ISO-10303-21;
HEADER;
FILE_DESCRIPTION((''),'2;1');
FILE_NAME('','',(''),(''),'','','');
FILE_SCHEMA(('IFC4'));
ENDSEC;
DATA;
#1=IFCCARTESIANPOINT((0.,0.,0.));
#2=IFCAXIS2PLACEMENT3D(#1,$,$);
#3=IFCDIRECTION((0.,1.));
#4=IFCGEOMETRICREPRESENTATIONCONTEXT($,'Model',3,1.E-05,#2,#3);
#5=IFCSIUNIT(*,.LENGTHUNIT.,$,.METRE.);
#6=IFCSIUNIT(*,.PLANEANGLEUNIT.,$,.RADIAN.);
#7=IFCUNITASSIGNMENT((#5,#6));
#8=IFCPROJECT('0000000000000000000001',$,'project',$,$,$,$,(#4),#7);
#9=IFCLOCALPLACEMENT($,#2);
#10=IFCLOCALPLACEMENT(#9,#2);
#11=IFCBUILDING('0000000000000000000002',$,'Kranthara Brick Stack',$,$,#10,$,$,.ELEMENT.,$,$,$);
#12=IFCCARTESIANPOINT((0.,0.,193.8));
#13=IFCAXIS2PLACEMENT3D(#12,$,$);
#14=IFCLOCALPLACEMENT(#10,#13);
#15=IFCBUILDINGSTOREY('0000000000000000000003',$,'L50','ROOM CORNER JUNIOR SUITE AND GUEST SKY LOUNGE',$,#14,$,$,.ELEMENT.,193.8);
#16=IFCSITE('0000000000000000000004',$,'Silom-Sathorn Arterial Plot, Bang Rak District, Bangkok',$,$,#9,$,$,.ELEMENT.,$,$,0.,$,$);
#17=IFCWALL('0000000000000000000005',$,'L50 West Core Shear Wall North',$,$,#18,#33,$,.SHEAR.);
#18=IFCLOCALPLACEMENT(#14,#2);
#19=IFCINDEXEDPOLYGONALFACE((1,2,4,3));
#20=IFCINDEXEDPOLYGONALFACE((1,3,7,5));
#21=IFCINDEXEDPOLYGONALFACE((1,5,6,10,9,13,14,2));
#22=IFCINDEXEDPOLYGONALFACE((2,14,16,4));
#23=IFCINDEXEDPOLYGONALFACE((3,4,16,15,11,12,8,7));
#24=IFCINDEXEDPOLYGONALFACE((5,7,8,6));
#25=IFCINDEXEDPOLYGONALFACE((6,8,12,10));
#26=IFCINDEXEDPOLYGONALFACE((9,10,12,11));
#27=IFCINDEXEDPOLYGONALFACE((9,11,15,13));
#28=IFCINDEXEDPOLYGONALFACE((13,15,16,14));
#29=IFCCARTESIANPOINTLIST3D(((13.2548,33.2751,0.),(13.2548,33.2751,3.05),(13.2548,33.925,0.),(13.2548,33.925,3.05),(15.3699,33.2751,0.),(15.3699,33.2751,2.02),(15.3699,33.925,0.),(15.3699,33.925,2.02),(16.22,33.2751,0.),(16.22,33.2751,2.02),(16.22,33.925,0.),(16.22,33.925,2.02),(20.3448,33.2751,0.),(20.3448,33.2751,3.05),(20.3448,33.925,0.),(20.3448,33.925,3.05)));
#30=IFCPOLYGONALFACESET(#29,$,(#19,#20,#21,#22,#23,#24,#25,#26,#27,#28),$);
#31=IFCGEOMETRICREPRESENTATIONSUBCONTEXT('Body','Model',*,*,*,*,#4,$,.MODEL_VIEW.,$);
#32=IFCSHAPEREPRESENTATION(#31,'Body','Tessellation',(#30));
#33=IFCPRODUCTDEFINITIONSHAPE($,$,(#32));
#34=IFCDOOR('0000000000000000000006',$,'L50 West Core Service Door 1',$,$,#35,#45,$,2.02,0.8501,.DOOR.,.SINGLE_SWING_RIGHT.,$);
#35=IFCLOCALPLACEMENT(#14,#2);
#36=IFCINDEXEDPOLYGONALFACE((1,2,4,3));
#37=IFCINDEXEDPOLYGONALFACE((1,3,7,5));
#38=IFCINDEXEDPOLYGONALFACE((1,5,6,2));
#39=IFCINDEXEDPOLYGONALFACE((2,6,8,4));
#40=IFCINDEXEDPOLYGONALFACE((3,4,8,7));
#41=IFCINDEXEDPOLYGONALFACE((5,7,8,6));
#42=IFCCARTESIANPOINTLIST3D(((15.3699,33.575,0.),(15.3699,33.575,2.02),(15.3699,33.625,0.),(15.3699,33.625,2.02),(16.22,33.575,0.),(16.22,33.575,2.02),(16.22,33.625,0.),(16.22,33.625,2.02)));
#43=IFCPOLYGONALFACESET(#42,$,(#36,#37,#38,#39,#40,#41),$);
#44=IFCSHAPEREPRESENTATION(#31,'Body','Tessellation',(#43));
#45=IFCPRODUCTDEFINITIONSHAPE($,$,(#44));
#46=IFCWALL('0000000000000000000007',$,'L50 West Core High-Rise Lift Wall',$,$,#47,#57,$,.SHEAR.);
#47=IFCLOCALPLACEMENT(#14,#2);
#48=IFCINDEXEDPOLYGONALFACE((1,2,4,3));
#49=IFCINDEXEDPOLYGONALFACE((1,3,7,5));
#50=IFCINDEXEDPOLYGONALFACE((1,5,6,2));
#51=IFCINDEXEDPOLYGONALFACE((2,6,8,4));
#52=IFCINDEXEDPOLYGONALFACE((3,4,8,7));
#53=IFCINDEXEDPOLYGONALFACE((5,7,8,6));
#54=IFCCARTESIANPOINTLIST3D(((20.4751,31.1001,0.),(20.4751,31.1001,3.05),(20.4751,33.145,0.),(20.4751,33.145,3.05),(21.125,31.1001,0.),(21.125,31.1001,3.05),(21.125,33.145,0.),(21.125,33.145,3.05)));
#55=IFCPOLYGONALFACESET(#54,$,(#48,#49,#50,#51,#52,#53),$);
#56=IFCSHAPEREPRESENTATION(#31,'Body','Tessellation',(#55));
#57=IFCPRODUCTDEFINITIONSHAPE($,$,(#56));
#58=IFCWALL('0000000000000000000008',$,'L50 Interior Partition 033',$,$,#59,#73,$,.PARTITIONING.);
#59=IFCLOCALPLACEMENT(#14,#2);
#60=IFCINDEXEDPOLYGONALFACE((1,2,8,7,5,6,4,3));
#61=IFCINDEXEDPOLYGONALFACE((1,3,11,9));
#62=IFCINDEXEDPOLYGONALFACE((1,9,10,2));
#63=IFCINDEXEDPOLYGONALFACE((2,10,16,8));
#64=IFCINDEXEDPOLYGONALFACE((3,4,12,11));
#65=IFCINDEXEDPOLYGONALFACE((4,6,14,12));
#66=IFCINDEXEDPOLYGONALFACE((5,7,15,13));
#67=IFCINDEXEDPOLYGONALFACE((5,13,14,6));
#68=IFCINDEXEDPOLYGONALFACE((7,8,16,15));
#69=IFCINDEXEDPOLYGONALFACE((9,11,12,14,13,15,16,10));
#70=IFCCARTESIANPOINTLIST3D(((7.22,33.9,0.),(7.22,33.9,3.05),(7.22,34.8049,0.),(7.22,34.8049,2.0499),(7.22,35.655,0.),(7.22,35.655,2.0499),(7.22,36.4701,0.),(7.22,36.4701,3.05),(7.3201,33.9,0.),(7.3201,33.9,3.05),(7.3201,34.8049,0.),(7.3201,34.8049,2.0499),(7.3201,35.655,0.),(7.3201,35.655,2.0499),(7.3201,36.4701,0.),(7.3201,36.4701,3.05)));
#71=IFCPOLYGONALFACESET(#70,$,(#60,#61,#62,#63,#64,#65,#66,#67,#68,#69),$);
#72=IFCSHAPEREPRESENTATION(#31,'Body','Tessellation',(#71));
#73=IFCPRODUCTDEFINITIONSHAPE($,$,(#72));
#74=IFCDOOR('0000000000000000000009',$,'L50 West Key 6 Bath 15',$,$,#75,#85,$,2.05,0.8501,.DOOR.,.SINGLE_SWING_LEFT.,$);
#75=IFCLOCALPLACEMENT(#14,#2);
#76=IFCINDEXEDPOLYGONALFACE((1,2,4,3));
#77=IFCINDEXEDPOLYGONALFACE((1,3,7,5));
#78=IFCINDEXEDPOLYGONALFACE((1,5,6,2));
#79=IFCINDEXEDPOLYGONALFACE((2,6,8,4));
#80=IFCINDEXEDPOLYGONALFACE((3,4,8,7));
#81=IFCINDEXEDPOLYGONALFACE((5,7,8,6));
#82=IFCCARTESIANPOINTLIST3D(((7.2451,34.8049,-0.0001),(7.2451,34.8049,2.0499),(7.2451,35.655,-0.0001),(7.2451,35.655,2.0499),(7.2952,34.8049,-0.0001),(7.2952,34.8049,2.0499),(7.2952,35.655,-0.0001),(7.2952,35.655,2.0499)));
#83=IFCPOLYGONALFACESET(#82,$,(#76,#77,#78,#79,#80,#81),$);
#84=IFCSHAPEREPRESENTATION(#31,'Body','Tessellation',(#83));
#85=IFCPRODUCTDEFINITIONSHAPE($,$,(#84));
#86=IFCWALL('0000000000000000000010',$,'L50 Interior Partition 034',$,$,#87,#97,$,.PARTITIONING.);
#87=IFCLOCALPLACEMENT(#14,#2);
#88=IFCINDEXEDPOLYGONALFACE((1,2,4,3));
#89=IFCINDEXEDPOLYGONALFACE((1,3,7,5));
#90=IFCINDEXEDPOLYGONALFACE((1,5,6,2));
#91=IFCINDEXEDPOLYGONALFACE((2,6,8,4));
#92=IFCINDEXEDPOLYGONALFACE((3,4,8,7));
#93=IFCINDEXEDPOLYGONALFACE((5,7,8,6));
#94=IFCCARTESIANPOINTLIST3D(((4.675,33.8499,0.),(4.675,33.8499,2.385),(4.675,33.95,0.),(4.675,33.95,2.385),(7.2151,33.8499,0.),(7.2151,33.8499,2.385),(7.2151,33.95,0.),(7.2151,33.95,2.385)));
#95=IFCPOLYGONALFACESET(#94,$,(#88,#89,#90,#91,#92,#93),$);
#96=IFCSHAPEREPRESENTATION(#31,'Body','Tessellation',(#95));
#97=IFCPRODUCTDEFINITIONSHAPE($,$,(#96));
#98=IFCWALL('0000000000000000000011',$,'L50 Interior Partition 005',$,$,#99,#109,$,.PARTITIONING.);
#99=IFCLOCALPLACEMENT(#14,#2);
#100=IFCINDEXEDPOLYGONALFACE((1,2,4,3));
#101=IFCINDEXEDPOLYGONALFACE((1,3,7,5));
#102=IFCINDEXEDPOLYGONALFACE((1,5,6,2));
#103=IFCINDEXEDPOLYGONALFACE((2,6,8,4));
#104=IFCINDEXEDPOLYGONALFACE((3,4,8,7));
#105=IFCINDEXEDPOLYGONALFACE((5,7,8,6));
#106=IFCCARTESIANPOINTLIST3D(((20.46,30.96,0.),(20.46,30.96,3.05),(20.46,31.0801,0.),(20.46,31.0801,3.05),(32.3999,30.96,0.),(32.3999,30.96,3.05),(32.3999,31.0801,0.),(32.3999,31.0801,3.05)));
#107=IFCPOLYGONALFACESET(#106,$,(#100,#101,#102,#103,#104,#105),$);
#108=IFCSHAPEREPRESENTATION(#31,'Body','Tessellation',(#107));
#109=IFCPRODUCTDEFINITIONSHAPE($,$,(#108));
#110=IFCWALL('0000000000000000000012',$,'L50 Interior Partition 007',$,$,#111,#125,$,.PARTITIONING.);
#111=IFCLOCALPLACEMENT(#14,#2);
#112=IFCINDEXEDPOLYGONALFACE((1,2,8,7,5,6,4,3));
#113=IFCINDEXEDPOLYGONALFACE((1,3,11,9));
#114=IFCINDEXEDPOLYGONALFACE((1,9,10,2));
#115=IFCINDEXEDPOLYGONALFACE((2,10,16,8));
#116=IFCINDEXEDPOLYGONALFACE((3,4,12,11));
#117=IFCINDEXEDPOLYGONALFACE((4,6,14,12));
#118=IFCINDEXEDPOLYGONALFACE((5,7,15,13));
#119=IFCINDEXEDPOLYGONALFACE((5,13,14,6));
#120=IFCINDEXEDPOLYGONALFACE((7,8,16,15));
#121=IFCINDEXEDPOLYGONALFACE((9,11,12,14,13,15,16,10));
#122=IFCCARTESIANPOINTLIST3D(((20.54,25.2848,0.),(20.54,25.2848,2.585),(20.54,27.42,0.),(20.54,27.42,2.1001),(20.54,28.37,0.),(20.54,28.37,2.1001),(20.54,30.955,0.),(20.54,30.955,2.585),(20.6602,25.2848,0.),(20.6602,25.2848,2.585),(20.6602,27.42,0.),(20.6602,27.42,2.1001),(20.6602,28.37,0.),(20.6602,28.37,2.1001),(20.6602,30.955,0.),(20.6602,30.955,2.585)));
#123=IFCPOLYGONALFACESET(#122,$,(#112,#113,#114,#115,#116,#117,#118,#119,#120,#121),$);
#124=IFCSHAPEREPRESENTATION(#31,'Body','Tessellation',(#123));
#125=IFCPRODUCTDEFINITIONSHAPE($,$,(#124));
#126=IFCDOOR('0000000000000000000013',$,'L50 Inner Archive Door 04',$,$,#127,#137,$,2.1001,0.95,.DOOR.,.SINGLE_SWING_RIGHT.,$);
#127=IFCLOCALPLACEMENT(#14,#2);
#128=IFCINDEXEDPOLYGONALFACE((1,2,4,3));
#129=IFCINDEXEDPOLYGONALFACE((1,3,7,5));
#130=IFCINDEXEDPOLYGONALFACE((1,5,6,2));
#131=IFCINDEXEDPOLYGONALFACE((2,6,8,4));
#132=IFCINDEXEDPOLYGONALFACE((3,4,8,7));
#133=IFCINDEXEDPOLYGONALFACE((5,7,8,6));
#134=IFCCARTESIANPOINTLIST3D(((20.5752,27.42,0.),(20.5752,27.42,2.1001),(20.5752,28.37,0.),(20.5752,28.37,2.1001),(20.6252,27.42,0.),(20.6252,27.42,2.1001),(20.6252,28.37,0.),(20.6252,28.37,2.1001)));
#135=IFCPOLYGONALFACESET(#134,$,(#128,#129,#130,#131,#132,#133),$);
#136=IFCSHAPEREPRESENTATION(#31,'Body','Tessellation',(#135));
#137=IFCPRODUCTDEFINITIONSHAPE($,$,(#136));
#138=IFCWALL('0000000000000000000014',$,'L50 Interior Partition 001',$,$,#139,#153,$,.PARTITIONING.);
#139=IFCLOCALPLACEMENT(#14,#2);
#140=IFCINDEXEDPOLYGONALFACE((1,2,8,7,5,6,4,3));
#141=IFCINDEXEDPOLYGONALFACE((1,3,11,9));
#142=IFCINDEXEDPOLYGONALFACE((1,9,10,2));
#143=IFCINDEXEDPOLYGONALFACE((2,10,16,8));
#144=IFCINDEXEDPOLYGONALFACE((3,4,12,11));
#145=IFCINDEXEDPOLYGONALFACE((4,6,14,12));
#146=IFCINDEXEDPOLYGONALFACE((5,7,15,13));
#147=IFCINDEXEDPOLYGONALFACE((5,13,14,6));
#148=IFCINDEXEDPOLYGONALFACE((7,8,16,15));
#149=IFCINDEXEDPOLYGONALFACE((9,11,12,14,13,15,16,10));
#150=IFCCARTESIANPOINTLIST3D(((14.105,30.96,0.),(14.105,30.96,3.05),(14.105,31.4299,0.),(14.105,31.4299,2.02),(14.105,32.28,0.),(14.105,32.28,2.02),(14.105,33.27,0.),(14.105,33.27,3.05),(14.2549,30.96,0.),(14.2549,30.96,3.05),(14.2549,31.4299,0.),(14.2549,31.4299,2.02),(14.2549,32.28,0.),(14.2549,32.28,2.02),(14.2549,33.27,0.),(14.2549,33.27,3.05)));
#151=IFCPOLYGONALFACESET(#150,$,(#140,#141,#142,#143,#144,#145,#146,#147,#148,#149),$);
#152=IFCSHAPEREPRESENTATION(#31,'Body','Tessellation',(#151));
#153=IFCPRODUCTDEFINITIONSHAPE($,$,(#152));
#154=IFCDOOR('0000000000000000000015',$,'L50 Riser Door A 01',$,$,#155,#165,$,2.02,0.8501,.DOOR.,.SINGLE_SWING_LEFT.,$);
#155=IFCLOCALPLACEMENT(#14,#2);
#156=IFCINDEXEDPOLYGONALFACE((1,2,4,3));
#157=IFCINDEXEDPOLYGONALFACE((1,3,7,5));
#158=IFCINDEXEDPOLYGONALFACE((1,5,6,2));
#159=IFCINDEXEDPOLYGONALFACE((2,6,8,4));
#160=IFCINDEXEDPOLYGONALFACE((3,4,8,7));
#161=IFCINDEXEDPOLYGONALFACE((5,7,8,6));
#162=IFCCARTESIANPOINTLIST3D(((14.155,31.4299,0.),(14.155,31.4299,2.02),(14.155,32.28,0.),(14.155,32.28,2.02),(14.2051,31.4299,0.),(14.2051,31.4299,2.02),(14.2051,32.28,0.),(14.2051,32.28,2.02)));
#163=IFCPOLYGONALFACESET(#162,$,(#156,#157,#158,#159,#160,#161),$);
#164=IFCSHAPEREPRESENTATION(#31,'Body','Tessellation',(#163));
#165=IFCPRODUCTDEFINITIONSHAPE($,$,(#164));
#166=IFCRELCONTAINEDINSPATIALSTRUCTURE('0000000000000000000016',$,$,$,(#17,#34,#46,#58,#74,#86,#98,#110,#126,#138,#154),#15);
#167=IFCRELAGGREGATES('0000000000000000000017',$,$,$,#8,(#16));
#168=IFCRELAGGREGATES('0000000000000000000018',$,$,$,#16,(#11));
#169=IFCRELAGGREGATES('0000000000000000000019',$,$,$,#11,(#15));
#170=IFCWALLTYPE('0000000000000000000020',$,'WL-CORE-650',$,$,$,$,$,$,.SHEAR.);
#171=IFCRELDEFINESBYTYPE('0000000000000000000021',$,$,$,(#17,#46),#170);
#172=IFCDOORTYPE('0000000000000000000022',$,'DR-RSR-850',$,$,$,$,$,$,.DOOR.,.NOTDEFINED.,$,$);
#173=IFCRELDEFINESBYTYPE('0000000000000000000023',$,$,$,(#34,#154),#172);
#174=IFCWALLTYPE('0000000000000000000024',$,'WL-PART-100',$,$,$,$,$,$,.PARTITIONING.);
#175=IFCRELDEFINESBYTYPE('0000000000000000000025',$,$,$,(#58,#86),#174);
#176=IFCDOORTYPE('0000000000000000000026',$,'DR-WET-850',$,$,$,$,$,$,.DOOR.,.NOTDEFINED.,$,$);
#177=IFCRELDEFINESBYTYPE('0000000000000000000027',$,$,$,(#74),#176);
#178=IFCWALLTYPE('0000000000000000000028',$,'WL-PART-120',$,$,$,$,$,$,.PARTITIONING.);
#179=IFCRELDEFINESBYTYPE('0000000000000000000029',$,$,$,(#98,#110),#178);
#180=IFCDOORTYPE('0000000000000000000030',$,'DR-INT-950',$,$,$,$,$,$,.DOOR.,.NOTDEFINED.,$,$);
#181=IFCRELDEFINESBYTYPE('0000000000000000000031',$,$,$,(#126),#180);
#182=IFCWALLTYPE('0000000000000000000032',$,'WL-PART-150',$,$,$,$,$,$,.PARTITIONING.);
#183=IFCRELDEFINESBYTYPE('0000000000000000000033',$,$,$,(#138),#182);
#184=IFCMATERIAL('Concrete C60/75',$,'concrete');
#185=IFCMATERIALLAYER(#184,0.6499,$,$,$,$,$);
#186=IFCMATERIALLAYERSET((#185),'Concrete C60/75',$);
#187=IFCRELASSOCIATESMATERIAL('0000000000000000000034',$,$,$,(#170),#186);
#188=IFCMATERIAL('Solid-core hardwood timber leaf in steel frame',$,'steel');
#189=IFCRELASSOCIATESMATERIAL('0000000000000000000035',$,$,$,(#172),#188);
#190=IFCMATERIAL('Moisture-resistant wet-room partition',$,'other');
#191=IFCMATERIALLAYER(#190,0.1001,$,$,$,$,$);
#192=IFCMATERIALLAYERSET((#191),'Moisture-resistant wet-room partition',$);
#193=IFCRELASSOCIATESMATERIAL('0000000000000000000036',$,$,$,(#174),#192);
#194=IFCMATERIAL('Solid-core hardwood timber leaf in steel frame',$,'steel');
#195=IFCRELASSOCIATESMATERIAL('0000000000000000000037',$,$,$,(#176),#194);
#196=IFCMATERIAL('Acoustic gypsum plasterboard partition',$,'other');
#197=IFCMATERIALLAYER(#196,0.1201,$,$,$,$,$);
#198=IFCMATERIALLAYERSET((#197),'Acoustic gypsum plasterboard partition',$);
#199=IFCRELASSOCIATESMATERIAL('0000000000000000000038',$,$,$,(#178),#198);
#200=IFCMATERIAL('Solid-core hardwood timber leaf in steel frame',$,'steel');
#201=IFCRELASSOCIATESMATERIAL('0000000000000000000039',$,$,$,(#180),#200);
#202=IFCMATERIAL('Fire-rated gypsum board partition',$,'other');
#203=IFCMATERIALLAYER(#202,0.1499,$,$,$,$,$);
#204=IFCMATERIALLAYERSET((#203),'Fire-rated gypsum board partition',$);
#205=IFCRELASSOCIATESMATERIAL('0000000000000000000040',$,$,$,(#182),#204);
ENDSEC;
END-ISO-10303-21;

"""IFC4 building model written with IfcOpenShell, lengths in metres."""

from ifc_helpers import new_model, si_unit, direction, frame, frame_2d, origin, place, context, subcontext, project, spatial, rectangle, extrude, material, layer, layer_set, type_object, element, fill, save


model = new_model("IFC4")

# Units and contexts
model_context = context("Model", 3, precision=1e-05, world=origin(), true_north=direction((0.0, 1.0)))
body_context = subcontext(model_context, "Body", "Model", "MODEL_VIEW")
ifc_project = project(units=[si_unit("LENGTHUNIT", "METRE"), si_unit("PLANEANGLEUNIT", "RADIAN")], contexts=[model_context])

# Site, building, storey
site_placement = place(None, origin())
site = spatial("IfcSite", under=ifc_project, at=site_placement, Name="Silom-Sathorn Arterial Plot, Bang Rak District, Bangkok", CompositionType="ELEMENT", RefElevation=0.0)
building_placement = place(site_placement, origin())
building = spatial("IfcBuilding", under=site, at=building_placement, Name="Kranthara Brick Stack", CompositionType="ELEMENT")
storey_placement = place(building_placement, frame((0.0, 0.0, 193.8)))
storey = spatial("IfcBuildingStorey", under=building, at=storey_placement, Name="L50", Description="ROOM CORNER JUNIOR SUITE AND GUEST SKY LOUNGE", CompositionType="ELEMENT", Elevation=193.8)

# Wall, opening, door
ifc_material_1 = material(Name="Concrete C60/75", Category="concrete")
ifc_layer_1 = layer(ifc_material_1, 0.6499)
ifc_layer_set_1 = layer_set([ifc_layer_1], Name="Concrete C60/75")
wall_type_1 = type_object("IfcWallType", Name="WL-CORE-650", PredefinedType="SHEAR", material=ifc_layer_set_1)
wall_1_placement = place(storey_placement, frame((13.2549, 33.6001, 0.0), z_axis=(0.0, 0.0, 1.0), x_axis=(1.0, 0.0, 0.0)))
wall_1 = element("IfcWall", 1, at=wall_1_placement, inside=storey, type_object=wall_type_1, Name="L50 West Core Shear Wall North", PredefinedType="SHEAR", context=body_context, shape_type="SweptSolid", body=[
    extrude(rectangle(XDim=7.0901, YDim=0.6499, at=frame_2d((3.5449, 0.0))), origin(), (0.0, 0.0, 1.0), 3.05),
])
opening_1_placement = place(wall_1_placement, frame((2.115, 0.0, 0.0)))
opening_1 = element("IfcOpeningElement", 2, at=opening_1_placement, cuts=wall_1, PredefinedType="OPENING", context=body_context, shape_type="SweptSolid", body=[
    extrude(rectangle(XDim=0.8501, YDim=2.02, at=frame_2d((0.425, 1.01))), frame((0.0, 0.335, 0.0), z_axis=(0.0, -1.0, 0.0), x_axis=(1.0, 0.0, 0.0)), (0.0, 0.0, 1.0), 0.6699),
])
ifc_material_2 = material(Name="Solid-core hardwood timber leaf in steel frame", Category="steel")
door_type_1 = type_object("IfcDoorType", Name="DR-RSR-850", OperationType="NOTDEFINED", PredefinedType="DOOR", material=ifc_material_2)
door_1_placement = place(opening_1_placement, origin())
door_1 = element("IfcDoor", 3, at=door_1_placement, inside=storey, type_object=door_type_1, Name="L50 West Core Service Door 1", OperationType="SINGLE_SWING_RIGHT", OverallHeight=2.02, OverallWidth=0.8501, PredefinedType="DOOR", context=body_context, shape_type="SweptSolid", body=[
    extrude(rectangle(XDim=0.8501, YDim=2.02, at=frame_2d((0.425, 1.01))), frame((0.0, 0.0249, 0.0), z_axis=(0.0, -1.0, 0.0), x_axis=(1.0, 0.0, 0.0)), (0.0, 0.0, 1.0), 0.05),
])
fill(opening_1, door_1)

# Wall
wall_2_placement = place(storey_placement, frame((20.8, 31.1001, 0.0), z_axis=(0.0, 0.0, 1.0), x_axis=(0.0, 1.0, 0.0)))
element("IfcWall", 4, at=wall_2_placement, inside=storey, type_object=wall_type_1, Name="L50 West Core High-Rise Lift Wall", PredefinedType="SHEAR", context=body_context, shape_type="SweptSolid", body=[
    extrude(rectangle(XDim=2.0449, YDim=0.6499, at=frame_2d((1.0225, 0.0))), origin(), (0.0, 0.0, 1.0), 3.05),
])

# Wall, opening, door
ifc_material_3 = material(Name="Moisture-resistant wet-room partition", Category="other")
ifc_layer_2 = layer(ifc_material_3, 0.1001)
ifc_layer_set_2 = layer_set([ifc_layer_2], Name="Moisture-resistant wet-room partition")
wall_type_2 = type_object("IfcWallType", Name="WL-PART-100", PredefinedType="PARTITIONING", material=ifc_layer_set_2)
wall_3_placement = place(storey_placement, frame((7.27, 33.8999, 0.0), z_axis=(0.0, 0.0, 1.0), x_axis=(0.0, 1.0, 0.0)))
wall_3 = element("IfcWall", 5, at=wall_3_placement, inside=storey, type_object=wall_type_2, Name="L50 Interior Partition 033", PredefinedType="PARTITIONING", context=body_context, shape_type="SweptSolid", body=[
    extrude(rectangle(XDim=2.5701, YDim=0.1001, at=frame_2d((1.2852, 0.0))), origin(), (0.0, 0.0, 1.0), 3.05),
])
opening_2_placement = place(wall_3_placement, frame((0.905, 0.0, 0.0)))
opening_2 = element("IfcOpeningElement", 6, at=opening_2_placement, cuts=wall_3, PredefinedType="OPENING", context=body_context, shape_type="SweptSolid", body=[
    extrude(rectangle(XDim=0.8501, YDim=2.05, at=frame_2d((0.425, 1.0249))), frame((0.0, 0.0601, 0.0), z_axis=(0.0, -1.0, 0.0), x_axis=(1.0, 0.0, 0.0)), (0.0, 0.0, 1.0), 0.1201),
])
ifc_material_4 = material(Name="Solid-core hardwood timber leaf in steel frame", Category="steel")
door_type_2 = type_object("IfcDoorType", Name="DR-WET-850", OperationType="NOTDEFINED", PredefinedType="DOOR", material=ifc_material_4)
door_2_placement = place(opening_2_placement, origin())
door_2 = element("IfcDoor", 7, at=door_2_placement, inside=storey, type_object=door_type_2, Name="L50 West Key 6 Bath 15", OperationType="SINGLE_SWING_LEFT", OverallHeight=2.05, OverallWidth=0.8501, PredefinedType="DOOR", context=body_context, shape_type="SweptSolid", body=[
    extrude(rectangle(XDim=0.8501, YDim=2.05, at=frame_2d((0.425, 1.0249))), frame((0.0, 0.0249, 0.0), z_axis=(0.0, -1.0, 0.0), x_axis=(1.0, 0.0, 0.0)), (0.0, 0.0, 1.0), 0.05),
])
fill(opening_2, door_2)

# Walls
wall_4_placement = place(storey_placement, frame((4.675, 33.8999, 0.0), z_axis=(0.0, 0.0, 1.0), x_axis=(1.0, 0.0, 0.0)))
element("IfcWall", 8, at=wall_4_placement, inside=storey, type_object=wall_type_2, Name="L50 Interior Partition 034", PredefinedType="PARTITIONING", context=body_context, shape_type="SweptSolid", body=[
    extrude(rectangle(XDim=2.54, YDim=0.1001, at=frame_2d((1.27, 0.0))), origin(), (0.0, 0.0, 1.0), 2.385),
])
ifc_material_5 = material(Name="Acoustic gypsum plasterboard partition", Category="other")
ifc_layer_3 = layer(ifc_material_5, 0.1201)
ifc_layer_set_3 = layer_set([ifc_layer_3], Name="Acoustic gypsum plasterboard partition")
wall_type_3 = type_object("IfcWallType", Name="WL-PART-120", PredefinedType="PARTITIONING", material=ifc_layer_set_3)
wall_5_placement = place(storey_placement, frame((20.46, 31.02, 0.0), z_axis=(0.0, 0.0, 1.0), x_axis=(1.0, 0.0, 0.0)))
element("IfcWall", 9, at=wall_5_placement, inside=storey, type_object=wall_type_3, Name="L50 Interior Partition 005", PredefinedType="PARTITIONING", context=body_context, shape_type="SweptSolid", body=[
    extrude(rectangle(XDim=11.9399, YDim=0.1201, at=frame_2d((5.97, 0.0))), origin(), (0.0, 0.0, 1.0), 3.05),
])

# Walls, openings, doors
wall_6_placement = place(storey_placement, frame((20.6001, 25.2849, 0.0), z_axis=(0.0, 0.0, 1.0), x_axis=(0.0, 1.0, 0.0)))
wall_6 = element("IfcWall", 10, at=wall_6_placement, inside=storey, type_object=wall_type_3, Name="L50 Interior Partition 007", PredefinedType="PARTITIONING", context=body_context, shape_type="SweptSolid", body=[
    extrude(rectangle(XDim=5.6702, YDim=0.1201, at=frame_2d((2.835, 0.0))), origin(), (0.0, 0.0, 1.0), 2.585),
])
opening_3_placement = place(wall_6_placement, frame((2.135, 0.0, 0.0)))
opening_3 = element("IfcOpeningElement", 11, at=opening_3_placement, cuts=wall_6, PredefinedType="OPENING", context=body_context, shape_type="SweptSolid", body=[
    extrude(rectangle(XDim=0.95, YDim=2.1001, at=frame_2d((0.4751, 1.05))), frame((0.0, 0.0701, 0.0), z_axis=(0.0, -1.0, 0.0), x_axis=(1.0, 0.0, 0.0)), (0.0, 0.0, 1.0), 0.1401),
])
ifc_material_6 = material(Name="Solid-core hardwood timber leaf in steel frame", Category="steel")
door_type_3 = type_object("IfcDoorType", Name="DR-INT-950", OperationType="NOTDEFINED", PredefinedType="DOOR", material=ifc_material_6)
door_3_placement = place(opening_3_placement, origin())
door_3 = element("IfcDoor", 12, at=door_3_placement, inside=storey, type_object=door_type_3, Name="L50 Inner Archive Door 04", OperationType="SINGLE_SWING_RIGHT", OverallHeight=2.1001, OverallWidth=0.95, PredefinedType="DOOR", context=body_context, shape_type="SweptSolid", body=[
    extrude(rectangle(XDim=0.95, YDim=2.1001, at=frame_2d((0.4751, 1.05))), frame((0.0, 0.0249, 0.0), z_axis=(0.0, -1.0, 0.0), x_axis=(1.0, 0.0, 0.0)), (0.0, 0.0, 1.0), 0.05),
])
fill(opening_3, door_3)
ifc_material_7 = material(Name="Fire-rated gypsum board partition", Category="other")
ifc_layer_4 = layer(ifc_material_7, 0.1499)
ifc_layer_set_4 = layer_set([ifc_layer_4], Name="Fire-rated gypsum board partition")
wall_type_4 = type_object("IfcWallType", Name="WL-PART-150", PredefinedType="PARTITIONING", material=ifc_layer_set_4)
wall_7_placement = place(storey_placement, frame((14.1799, 30.96, 0.0), z_axis=(0.0, 0.0, 1.0), x_axis=(0.0, 1.0, 0.0)))
wall_7 = element("IfcWall", 13, at=wall_7_placement, inside=storey, type_object=wall_type_4, Name="L50 Interior Partition 001", PredefinedType="PARTITIONING", context=body_context, shape_type="SweptSolid", body=[
    extrude(rectangle(XDim=2.3101, YDim=0.1499, at=frame_2d((1.155, 0.0))), origin(), (0.0, 0.0, 1.0), 3.05),
])
opening_4_placement = place(wall_7_placement, frame((0.47, 0.0, 0.0)))
opening_4 = element("IfcOpeningElement", 14, at=opening_4_placement, cuts=wall_7, PredefinedType="OPENING", context=body_context, shape_type="SweptSolid", body=[
    extrude(rectangle(XDim=0.8501, YDim=2.02, at=frame_2d((0.425, 1.01))), frame((0.0, 0.085, 0.0), z_axis=(0.0, -1.0, 0.0), x_axis=(1.0, 0.0, 0.0)), (0.0, 0.0, 1.0), 0.1699),
])
door_4_placement = place(opening_4_placement, origin())
door_4 = element("IfcDoor", 15, at=door_4_placement, inside=storey, type_object=door_type_1, Name="L50 Riser Door A 01", OperationType="SINGLE_SWING_LEFT", OverallHeight=2.02, OverallWidth=0.8501, PredefinedType="DOOR", context=body_context, shape_type="SweptSolid", body=[
    extrude(rectangle(XDim=0.8501, YDim=2.02, at=frame_2d((0.425, 1.01))), frame((0.0, 0.0249, 0.0), z_axis=(0.0, -1.0, 0.0), x_axis=(1.0, 0.0, 0.0)), (0.0, 0.0, 1.0), 0.05),
])
fill(opening_4, door_4)

save(model, "model.ifc")
